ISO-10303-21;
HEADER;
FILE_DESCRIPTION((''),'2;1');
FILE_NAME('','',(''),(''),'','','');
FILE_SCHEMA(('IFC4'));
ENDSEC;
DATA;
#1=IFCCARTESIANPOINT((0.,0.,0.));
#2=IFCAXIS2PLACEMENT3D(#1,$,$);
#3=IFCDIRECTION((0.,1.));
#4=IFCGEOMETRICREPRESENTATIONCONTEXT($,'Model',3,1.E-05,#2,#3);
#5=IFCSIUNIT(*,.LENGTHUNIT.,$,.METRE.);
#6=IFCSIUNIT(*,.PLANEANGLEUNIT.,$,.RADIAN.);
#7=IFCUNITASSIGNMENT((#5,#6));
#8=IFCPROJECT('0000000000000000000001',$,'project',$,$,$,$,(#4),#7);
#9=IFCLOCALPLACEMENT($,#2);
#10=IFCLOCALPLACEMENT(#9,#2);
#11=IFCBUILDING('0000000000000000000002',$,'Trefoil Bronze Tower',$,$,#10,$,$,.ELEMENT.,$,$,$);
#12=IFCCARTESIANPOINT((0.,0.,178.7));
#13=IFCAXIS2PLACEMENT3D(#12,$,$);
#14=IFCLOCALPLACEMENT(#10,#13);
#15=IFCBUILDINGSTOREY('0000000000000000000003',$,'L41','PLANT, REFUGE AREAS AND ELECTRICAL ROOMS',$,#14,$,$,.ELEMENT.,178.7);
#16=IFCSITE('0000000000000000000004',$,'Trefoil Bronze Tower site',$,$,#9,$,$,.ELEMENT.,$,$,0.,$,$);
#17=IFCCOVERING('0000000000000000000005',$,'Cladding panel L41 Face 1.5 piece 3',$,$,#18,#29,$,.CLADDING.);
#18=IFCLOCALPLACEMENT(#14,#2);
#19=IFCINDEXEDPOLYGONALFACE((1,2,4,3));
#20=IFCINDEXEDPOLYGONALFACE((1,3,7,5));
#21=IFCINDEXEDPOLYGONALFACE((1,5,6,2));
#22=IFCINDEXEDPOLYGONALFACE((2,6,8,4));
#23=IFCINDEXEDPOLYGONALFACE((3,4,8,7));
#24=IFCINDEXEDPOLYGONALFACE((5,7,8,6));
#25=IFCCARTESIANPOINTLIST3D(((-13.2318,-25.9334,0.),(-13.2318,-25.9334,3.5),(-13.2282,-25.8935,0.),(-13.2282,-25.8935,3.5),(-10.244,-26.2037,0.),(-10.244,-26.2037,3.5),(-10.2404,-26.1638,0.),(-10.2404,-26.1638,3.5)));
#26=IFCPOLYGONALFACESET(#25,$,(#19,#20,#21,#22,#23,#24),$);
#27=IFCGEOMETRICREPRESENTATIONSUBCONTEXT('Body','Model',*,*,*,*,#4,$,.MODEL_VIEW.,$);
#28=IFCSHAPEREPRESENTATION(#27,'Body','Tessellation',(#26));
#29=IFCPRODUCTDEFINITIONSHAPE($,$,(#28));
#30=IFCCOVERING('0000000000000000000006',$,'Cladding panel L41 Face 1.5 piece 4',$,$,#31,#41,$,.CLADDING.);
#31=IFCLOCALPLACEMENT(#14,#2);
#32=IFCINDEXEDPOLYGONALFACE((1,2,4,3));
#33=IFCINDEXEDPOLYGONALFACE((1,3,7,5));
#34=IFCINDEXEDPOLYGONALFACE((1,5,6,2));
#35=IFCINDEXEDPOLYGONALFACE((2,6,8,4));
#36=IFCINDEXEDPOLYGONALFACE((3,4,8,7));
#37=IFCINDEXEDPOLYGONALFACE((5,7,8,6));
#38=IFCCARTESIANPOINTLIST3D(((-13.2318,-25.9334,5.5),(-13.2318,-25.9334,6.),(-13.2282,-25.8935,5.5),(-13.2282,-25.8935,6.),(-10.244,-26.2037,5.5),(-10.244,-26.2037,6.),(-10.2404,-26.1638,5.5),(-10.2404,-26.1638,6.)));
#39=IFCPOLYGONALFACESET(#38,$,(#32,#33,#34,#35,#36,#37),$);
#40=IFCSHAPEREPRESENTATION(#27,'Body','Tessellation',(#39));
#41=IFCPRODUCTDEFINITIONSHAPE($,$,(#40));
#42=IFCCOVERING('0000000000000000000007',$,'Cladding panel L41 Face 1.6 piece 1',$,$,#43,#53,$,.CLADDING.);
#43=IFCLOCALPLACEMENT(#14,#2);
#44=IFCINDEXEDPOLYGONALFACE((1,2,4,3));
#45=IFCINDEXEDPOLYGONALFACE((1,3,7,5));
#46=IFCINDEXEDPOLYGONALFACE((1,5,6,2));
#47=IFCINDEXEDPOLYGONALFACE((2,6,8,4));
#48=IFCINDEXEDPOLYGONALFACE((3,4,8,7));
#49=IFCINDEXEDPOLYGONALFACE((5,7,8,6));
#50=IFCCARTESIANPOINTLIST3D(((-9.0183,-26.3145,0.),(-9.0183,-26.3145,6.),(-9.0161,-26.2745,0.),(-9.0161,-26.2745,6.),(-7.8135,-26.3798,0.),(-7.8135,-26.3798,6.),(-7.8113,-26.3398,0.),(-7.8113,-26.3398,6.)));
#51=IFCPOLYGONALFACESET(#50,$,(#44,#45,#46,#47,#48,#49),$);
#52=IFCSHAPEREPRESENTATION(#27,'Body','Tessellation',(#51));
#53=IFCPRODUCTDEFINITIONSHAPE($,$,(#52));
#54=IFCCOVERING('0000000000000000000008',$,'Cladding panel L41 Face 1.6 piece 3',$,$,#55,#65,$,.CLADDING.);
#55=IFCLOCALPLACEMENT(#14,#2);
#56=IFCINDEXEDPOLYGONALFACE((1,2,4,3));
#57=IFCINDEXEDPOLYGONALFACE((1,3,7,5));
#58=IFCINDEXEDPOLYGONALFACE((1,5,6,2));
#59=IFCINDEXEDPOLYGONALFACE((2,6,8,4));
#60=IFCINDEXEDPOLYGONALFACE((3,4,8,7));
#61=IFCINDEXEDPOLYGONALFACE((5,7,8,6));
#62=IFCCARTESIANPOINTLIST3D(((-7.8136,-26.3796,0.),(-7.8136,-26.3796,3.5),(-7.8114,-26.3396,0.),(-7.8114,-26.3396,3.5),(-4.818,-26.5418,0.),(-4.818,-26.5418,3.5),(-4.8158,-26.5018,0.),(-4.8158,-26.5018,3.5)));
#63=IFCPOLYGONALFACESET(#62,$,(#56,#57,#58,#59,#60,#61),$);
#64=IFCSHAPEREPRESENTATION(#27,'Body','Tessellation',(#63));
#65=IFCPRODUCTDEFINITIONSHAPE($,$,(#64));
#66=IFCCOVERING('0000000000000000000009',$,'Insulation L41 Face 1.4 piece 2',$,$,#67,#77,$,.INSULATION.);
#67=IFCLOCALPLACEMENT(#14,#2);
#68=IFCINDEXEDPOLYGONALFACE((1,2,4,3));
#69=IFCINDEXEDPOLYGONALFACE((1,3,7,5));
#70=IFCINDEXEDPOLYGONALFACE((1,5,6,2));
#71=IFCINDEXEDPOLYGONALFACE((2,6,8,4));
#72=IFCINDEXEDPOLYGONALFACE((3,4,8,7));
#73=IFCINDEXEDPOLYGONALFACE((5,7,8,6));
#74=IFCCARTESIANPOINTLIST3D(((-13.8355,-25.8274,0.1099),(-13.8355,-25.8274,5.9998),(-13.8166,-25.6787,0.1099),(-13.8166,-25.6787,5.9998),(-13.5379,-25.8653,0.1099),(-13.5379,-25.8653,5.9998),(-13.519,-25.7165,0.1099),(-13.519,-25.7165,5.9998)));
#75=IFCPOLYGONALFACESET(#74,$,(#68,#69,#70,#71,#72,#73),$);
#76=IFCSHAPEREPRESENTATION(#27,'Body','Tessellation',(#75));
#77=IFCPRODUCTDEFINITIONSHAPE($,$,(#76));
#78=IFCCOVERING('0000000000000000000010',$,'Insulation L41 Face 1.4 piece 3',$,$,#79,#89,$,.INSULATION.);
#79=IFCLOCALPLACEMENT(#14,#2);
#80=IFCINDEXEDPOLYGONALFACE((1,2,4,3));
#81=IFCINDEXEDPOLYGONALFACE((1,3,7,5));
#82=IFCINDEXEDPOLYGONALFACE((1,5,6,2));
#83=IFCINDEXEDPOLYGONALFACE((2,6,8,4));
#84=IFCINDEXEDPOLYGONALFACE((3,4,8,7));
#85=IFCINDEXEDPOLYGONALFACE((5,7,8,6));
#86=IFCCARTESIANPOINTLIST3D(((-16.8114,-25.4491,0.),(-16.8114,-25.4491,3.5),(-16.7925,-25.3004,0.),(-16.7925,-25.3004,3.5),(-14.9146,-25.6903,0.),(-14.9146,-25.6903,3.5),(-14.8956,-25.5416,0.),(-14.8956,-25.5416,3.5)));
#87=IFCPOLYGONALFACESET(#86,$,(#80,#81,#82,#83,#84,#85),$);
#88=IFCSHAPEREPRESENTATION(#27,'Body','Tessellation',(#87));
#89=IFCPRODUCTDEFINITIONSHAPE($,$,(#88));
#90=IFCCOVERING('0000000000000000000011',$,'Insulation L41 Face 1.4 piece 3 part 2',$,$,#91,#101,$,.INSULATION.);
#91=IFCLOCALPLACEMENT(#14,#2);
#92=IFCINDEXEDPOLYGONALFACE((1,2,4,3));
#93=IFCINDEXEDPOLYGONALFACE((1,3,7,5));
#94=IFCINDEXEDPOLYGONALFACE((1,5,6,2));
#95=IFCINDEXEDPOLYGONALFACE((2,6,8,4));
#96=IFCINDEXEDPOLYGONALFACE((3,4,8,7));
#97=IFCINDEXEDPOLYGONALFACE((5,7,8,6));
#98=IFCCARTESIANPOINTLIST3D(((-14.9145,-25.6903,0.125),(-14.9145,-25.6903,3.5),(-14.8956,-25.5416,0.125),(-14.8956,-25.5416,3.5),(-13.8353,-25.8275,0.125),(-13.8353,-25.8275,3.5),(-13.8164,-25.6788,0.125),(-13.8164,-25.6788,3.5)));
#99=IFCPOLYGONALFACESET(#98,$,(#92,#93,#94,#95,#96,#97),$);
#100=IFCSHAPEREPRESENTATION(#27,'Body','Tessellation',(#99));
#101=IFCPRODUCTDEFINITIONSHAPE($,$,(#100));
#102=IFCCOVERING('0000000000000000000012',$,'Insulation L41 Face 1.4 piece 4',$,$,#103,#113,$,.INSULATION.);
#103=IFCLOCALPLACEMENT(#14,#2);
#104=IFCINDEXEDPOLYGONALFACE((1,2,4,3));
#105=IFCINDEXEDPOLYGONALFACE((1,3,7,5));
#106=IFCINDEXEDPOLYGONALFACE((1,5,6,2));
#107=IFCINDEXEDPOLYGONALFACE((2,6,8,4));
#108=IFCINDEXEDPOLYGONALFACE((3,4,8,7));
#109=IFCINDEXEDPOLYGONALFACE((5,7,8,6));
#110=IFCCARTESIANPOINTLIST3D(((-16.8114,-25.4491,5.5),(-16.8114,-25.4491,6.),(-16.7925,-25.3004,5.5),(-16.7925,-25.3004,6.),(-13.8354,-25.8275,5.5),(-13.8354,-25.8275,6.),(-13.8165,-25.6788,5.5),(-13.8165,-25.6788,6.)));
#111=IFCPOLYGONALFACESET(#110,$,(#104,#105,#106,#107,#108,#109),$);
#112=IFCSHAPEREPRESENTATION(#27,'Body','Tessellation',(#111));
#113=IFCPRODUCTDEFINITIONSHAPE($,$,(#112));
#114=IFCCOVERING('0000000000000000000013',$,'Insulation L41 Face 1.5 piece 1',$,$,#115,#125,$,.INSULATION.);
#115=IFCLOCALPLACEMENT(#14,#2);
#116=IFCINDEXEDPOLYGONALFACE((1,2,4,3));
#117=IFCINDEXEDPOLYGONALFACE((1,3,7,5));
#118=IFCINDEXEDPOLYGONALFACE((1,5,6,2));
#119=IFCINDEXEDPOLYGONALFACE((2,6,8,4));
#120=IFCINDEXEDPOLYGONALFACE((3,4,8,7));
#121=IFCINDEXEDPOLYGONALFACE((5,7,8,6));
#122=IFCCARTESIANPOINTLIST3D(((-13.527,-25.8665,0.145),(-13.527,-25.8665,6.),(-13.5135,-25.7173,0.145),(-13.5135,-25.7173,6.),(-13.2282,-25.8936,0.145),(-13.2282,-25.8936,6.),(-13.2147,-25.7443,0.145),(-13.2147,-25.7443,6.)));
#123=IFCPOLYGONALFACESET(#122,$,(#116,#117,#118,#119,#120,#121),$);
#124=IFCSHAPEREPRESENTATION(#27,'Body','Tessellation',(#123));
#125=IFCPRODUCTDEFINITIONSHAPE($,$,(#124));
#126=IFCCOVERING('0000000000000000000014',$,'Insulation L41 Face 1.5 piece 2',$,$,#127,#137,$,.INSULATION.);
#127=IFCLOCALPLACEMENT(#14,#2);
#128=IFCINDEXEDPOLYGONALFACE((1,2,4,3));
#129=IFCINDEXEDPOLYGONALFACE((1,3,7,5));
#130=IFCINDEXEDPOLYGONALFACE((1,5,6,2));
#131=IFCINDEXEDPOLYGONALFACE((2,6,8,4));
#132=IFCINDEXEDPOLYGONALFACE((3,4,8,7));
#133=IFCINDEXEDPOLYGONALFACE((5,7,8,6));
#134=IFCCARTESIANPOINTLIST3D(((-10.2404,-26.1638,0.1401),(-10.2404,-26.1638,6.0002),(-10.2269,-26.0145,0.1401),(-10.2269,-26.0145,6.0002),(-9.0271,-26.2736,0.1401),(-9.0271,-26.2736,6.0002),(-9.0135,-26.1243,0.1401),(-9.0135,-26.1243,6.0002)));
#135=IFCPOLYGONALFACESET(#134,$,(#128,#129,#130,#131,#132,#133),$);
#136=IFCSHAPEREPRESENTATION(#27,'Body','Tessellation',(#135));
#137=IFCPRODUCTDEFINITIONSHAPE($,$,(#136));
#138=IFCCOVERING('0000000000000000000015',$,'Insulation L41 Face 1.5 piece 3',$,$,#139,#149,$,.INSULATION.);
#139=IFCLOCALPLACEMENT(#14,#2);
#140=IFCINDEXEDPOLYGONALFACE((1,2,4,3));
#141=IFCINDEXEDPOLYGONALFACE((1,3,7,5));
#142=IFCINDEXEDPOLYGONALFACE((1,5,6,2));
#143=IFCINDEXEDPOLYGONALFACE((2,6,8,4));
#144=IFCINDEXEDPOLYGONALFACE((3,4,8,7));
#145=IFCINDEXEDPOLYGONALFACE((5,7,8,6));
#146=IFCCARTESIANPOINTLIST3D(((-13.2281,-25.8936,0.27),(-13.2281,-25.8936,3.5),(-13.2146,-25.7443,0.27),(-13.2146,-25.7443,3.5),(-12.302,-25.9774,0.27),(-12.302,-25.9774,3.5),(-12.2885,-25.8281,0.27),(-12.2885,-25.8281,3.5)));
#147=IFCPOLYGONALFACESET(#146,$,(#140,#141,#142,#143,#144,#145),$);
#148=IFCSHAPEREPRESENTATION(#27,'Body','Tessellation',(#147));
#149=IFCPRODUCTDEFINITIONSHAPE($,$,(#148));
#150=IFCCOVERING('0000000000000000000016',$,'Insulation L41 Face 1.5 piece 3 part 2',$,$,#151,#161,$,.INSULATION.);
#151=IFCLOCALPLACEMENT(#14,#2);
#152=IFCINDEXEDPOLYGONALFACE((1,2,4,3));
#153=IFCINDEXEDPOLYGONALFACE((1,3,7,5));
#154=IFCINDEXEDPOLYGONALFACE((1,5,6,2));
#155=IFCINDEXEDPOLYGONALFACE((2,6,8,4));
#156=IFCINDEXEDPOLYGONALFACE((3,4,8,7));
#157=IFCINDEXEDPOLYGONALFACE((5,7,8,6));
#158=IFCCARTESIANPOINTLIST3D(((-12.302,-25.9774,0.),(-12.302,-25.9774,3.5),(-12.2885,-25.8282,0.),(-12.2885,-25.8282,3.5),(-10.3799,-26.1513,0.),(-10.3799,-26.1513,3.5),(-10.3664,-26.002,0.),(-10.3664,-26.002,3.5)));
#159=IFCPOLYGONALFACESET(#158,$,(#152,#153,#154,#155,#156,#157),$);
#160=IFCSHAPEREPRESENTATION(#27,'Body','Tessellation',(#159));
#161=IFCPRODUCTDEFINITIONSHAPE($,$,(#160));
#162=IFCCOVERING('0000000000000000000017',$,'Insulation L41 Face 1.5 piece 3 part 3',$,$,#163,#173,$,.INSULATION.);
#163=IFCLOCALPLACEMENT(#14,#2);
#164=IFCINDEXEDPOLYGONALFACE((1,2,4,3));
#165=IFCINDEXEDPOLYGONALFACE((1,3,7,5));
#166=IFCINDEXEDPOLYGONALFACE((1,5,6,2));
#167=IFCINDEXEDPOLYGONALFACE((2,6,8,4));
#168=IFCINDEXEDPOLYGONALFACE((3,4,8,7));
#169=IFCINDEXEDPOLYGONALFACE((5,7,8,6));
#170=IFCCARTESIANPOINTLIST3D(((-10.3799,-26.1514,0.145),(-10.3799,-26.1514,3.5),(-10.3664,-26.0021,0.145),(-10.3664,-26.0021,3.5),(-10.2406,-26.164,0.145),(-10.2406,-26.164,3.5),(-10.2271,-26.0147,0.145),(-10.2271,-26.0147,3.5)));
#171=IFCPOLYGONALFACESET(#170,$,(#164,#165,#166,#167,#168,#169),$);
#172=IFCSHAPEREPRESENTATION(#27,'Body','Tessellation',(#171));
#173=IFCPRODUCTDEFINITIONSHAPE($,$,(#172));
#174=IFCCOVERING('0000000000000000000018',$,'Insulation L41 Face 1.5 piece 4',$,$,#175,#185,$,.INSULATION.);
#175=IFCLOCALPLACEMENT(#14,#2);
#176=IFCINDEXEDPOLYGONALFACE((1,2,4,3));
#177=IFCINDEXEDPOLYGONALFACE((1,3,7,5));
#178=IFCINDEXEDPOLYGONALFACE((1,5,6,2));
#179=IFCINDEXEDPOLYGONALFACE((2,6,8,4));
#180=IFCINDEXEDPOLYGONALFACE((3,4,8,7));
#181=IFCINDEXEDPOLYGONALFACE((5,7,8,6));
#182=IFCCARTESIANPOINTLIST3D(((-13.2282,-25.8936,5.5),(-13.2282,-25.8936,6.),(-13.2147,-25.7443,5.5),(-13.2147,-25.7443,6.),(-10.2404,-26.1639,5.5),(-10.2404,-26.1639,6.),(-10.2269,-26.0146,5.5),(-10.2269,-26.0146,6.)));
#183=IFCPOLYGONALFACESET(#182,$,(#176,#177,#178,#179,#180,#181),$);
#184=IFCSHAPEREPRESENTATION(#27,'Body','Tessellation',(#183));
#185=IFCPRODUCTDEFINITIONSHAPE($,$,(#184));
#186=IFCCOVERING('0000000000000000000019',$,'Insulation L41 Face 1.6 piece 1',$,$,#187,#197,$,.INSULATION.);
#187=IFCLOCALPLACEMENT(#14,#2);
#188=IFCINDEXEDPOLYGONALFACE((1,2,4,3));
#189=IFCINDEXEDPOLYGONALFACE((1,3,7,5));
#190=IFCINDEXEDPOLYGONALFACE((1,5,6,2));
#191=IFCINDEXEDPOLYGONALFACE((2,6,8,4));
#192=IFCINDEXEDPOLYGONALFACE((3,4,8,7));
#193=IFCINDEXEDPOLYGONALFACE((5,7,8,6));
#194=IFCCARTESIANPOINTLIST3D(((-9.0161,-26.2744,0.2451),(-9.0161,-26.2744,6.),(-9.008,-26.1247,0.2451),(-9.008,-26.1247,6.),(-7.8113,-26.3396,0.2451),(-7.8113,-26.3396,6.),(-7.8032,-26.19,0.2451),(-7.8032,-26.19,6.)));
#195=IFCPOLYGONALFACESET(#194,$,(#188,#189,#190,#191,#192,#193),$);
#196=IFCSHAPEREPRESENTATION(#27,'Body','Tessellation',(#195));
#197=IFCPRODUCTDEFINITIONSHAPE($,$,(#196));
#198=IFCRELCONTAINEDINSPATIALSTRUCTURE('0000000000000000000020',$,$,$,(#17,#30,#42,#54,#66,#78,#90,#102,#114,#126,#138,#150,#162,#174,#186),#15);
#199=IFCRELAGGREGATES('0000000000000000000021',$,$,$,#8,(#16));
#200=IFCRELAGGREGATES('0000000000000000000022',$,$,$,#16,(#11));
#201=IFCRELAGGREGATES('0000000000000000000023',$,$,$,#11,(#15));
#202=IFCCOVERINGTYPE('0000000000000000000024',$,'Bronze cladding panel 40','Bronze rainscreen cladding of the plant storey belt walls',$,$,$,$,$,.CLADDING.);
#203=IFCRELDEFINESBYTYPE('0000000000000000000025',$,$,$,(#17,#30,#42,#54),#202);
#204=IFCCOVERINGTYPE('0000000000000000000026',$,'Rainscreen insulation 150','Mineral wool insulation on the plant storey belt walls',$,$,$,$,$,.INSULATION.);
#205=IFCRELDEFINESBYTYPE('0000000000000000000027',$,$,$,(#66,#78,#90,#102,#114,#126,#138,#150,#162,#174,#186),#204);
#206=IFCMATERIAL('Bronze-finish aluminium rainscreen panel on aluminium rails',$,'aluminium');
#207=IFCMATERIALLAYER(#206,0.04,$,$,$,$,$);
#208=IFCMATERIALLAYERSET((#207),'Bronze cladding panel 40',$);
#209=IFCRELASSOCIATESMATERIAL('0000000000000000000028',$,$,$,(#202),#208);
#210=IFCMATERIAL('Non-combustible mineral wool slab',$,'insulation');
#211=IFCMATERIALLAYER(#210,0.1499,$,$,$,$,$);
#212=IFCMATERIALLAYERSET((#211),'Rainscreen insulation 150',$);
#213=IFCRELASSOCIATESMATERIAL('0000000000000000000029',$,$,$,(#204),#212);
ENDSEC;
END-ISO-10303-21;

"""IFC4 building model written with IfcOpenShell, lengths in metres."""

from ifc_helpers import new_model, si_unit, direction, frame, origin, origin_2d, place, context, subcontext, project, spatial, rectangle, extrude, material, layer, layer_set, type_object, element, save


model = new_model("IFC4")

# Units and contexts
model_context = context("Model", 3, precision=1e-05, world=origin(), true_north=direction((0.0, 1.0)))
body_context = subcontext(model_context, "Body", "Model", "MODEL_VIEW")
ifc_project = project(units=[si_unit("LENGTHUNIT", "METRE"), si_unit("PLANEANGLEUNIT", "RADIAN")], contexts=[model_context])

# Site, building, storey
site_placement = place(None, origin())
site = spatial("IfcSite", under=ifc_project, at=site_placement, Name="Trefoil Bronze Tower site", CompositionType="ELEMENT", RefElevation=0.0)
building_placement = place(site_placement, origin())
building = spatial("IfcBuilding", under=site, at=building_placement, Name="Trefoil Bronze Tower", CompositionType="ELEMENT")
storey_placement = place(building_placement, frame((0.0, 0.0, 178.7)))
storey = spatial("IfcBuildingStorey", under=building, at=storey_placement, Name="L41", Description="PLANT, REFUGE AREAS AND ELECTRICAL ROOMS", CompositionType="ELEMENT", Elevation=178.7)

# Coverings
ifc_material_1 = material(Name="Bronze-finish aluminium rainscreen panel on aluminium rails", Category="aluminium")
ifc_layer_1 = layer(ifc_material_1, 0.04)
ifc_layer_set_1 = layer_set([ifc_layer_1], Name="Bronze cladding panel 40")
covering_type_1 = type_object("IfcCoveringType", Name="Bronze cladding panel 40", Description="Bronze rainscreen cladding of the plant storey belt walls", PredefinedType="CLADDING", material=ifc_layer_set_1)
covering_1_placement = place(storey_placement, frame((-11.7361, -26.0486, 0.0), z_axis=(0.0, 0.0, 1.0), x_axis=(0.995932, -0.090105, 0.0)))
element("IfcCovering", 1, at=covering_1_placement, inside=storey, type_object=covering_type_1, Name="Cladding panel L41 Face 1.5 piece 3", PredefinedType="CLADDING", context=body_context, shape_type="SweptSolid", body=[
    extrude(rectangle(XDim=3.0, YDim=0.04, at=origin_2d()), origin(), (0.0, 0.0, 1.0), 3.5),
])
covering_2_placement = place(storey_placement, frame((-11.7361, -26.0486, 5.5), z_axis=(0.0, 0.0, 1.0), x_axis=(0.995932, -0.090105, 0.0)))
element("IfcCovering", 2, at=covering_2_placement, inside=storey, type_object=covering_type_1, Name="Cladding panel L41 Face 1.5 piece 4", PredefinedType="CLADDING", context=body_context, shape_type="SweptSolid", body=[
    extrude(rectangle(XDim=3.0, YDim=0.04, at=origin_2d()), origin(), (0.0, 0.0, 1.0), 0.5),
])
covering_3_placement = place(storey_placement, frame((-8.4148, -26.3271, 0.0), z_axis=(0.0, 0.0, 1.0), x_axis=(0.998538, -0.054063, 0.0)))
element("IfcCovering", 3, at=covering_3_placement, inside=storey, type_object=covering_type_1, Name="Cladding panel L41 Face 1.6 piece 1", PredefinedType="CLADDING", context=body_context, shape_type="SweptSolid", body=[
    extrude(rectangle(XDim=1.2065, YDim=0.04, at=origin_2d()), origin(), (0.0, 0.0, 1.0), 6.0),
])
covering_4_placement = place(storey_placement, frame((-6.3147, -26.4407, 0.0), z_axis=(0.0, 0.0, 1.0), x_axis=(0.998538, -0.054063, 0.0)))
element("IfcCovering", 4, at=covering_4_placement, inside=storey, type_object=covering_type_1, Name="Cladding panel L41 Face 1.6 piece 3", PredefinedType="CLADDING", context=body_context, shape_type="SweptSolid", body=[
    extrude(rectangle(XDim=3.0, YDim=0.04, at=origin_2d()), origin(), (0.0, 0.0, 1.0), 3.5),
])
ifc_material_2 = material(Name="Non-combustible mineral wool slab", Category="insulation")
ifc_layer_2 = layer(ifc_material_2, 0.1499)
ifc_layer_set_2 = layer_set([ifc_layer_2], Name="Rainscreen insulation 150")
covering_type_2 = type_object("IfcCoveringType", Name="Rainscreen insulation 150", Description="Mineral wool insulation on the plant storey belt walls", PredefinedType="INSULATION", material=ifc_layer_set_2)
covering_5_placement = place(storey_placement, frame((-13.6772, -25.772, 0.1099), z_axis=(0.0, 0.0, 1.0), x_axis=(0.992012, -0.126147, 0.0)))
element("IfcCovering", 5, at=covering_5_placement, inside=storey, type_object=covering_type_2, Name="Insulation L41 Face 1.4 piece 2", PredefinedType="INSULATION", context=body_context, shape_type="SweptSolid", body=[
    extrude(rectangle(XDim=0.3, YDim=0.1499, at=origin_2d()), origin(), (0.0, 0.0, 1.0), 5.8899),
])
covering_6_placement = place(storey_placement, frame((-15.8535, -25.4954, 0.0), z_axis=(0.0, 0.0, 1.0), x_axis=(0.992012, -0.126147, 0.0)))
element("IfcCovering", 6, at=covering_6_placement, inside=storey, type_object=covering_type_2, Name="Insulation L41 Face 1.4 piece 3", PredefinedType="INSULATION", context=body_context, shape_type="SweptSolid", body=[
    extrude(rectangle(XDim=1.9121, YDim=0.1499, at=origin_2d()), origin(), (0.0, 0.0, 1.0), 3.5),
])
covering_7_placement = place(storey_placement, frame((-14.3655, -25.6846, 0.125), z_axis=(0.0, 0.0, 1.0), x_axis=(0.992012, -0.126147, 0.0)))
element("IfcCovering", 7, at=covering_7_placement, inside=storey, type_object=covering_type_2, Name="Insulation L41 Face 1.4 piece 3 part 2", PredefinedType="INSULATION", context=body_context, shape_type="SweptSolid", body=[
    extrude(rectangle(XDim=1.0879, YDim=0.1499, at=origin_2d()), origin(), (0.0, 0.0, 1.0), 3.375),
])
covering_8_placement = place(storey_placement, frame((-15.314, -25.564, 5.5), z_axis=(0.0, 0.0, 1.0), x_axis=(0.992012, -0.126147, 0.0)))
element("IfcCovering", 8, at=covering_8_placement, inside=storey, type_object=covering_type_2, Name="Insulation L41 Face 1.4 piece 4", PredefinedType="INSULATION", context=body_context, shape_type="SweptSolid", body=[
    extrude(rectangle(XDim=3.0, YDim=0.1499, at=origin_2d()), origin(), (0.0, 0.0, 1.0), 0.5),
])
covering_9_placement = place(storey_placement, frame((-13.3708, -25.8054, 0.145), z_axis=(0.0, 0.0, 1.0), x_axis=(0.995932, -0.090105, 0.0)))
element("IfcCovering", 9, at=covering_9_placement, inside=storey, type_object=covering_type_2, Name="Insulation L41 Face 1.5 piece 1", PredefinedType="INSULATION", context=body_context, shape_type="SweptSolid", body=[
    extrude(rectangle(XDim=0.3, YDim=0.1499, at=origin_2d()), origin(), (0.0, 0.0, 1.0), 5.855),
])
covering_10_placement = place(storey_placement, frame((-9.627, -26.144, 0.1401), z_axis=(0.0, 0.0, 1.0), x_axis=(0.995932, -0.090105, 0.0)))
element("IfcCovering", 10, at=covering_10_placement, inside=storey, type_object=covering_type_2, Name="Insulation L41 Face 1.5 piece 2", PredefinedType="INSULATION", context=body_context, shape_type="SweptSolid", body=[
    extrude(rectangle(XDim=1.2183, YDim=0.1499, at=origin_2d()), origin(), (0.0, 0.0, 1.0), 5.8601),
])
covering_11_placement = place(storey_placement, frame((-12.7583, -25.8608, 0.27), z_axis=(0.0, 0.0, 1.0), x_axis=(0.995932, -0.090105, 0.0)))
element("IfcCovering", 11, at=covering_11_placement, inside=storey, type_object=covering_type_2, Name="Insulation L41 Face 1.5 piece 3", PredefinedType="INSULATION", context=body_context, shape_type="SweptSolid", body=[
    extrude(rectangle(XDim=0.9299, YDim=0.1499, at=origin_2d()), origin(), (0.0, 0.0, 1.0), 3.23),
])
covering_12_placement = place(storey_placement, frame((-11.3342, -25.9897, 0.0), z_axis=(0.0, 0.0, 1.0), x_axis=(0.995932, -0.090105, 0.0)))
element("IfcCovering", 12, at=covering_12_placement, inside=storey, type_object=covering_type_2, Name="Insulation L41 Face 1.5 piece 3 part 2", PredefinedType="INSULATION", context=body_context, shape_type="SweptSolid", body=[
    extrude(rectangle(XDim=1.9299, YDim=0.1499, at=origin_2d()), origin(), (0.0, 0.0, 1.0), 3.5),
])
covering_13_placement = place(storey_placement, frame((-10.3035, -26.083, 0.145), z_axis=(0.0, 0.0, 1.0), x_axis=(0.995932, -0.090105, 0.0)))
element("IfcCovering", 13, at=covering_13_placement, inside=storey, type_object=covering_type_2, Name="Insulation L41 Face 1.5 piece 3 part 3", PredefinedType="INSULATION", context=body_context, shape_type="SweptSolid", body=[
    extrude(rectangle(XDim=0.1399, YDim=0.1499, at=origin_2d()), origin(), (0.0, 0.0, 1.0), 3.355),
])
covering_14_placement = place(storey_placement, frame((-11.7275, -25.9541, 5.5), z_axis=(0.0, 0.0, 1.0), x_axis=(0.995932, -0.090105, 0.0)))
element("IfcCovering", 14, at=covering_14_placement, inside=storey, type_object=covering_type_2, Name="Insulation L41 Face 1.5 piece 4", PredefinedType="INSULATION", context=body_context, shape_type="SweptSolid", body=[
    extrude(rectangle(XDim=3.0, YDim=0.1499, at=origin_2d()), origin(), (0.0, 0.0, 1.0), 0.5),
])
covering_15_placement = place(storey_placement, frame((-8.4097, -26.2322, 0.2451), z_axis=(0.0, 0.0, 1.0), x_axis=(0.998538, -0.054063, 0.0)))
element("IfcCovering", 15, at=covering_15_placement, inside=storey, type_object=covering_type_2, Name="Insulation L41 Face 1.6 piece 1", PredefinedType="INSULATION", context=body_context, shape_type="SweptSolid", body=[
    extrude(rectangle(XDim=1.2065, YDim=0.1499, at=origin_2d()), origin(), (0.0, 0.0, 1.0), 5.7549),
])

save(model, "model.ifc")
